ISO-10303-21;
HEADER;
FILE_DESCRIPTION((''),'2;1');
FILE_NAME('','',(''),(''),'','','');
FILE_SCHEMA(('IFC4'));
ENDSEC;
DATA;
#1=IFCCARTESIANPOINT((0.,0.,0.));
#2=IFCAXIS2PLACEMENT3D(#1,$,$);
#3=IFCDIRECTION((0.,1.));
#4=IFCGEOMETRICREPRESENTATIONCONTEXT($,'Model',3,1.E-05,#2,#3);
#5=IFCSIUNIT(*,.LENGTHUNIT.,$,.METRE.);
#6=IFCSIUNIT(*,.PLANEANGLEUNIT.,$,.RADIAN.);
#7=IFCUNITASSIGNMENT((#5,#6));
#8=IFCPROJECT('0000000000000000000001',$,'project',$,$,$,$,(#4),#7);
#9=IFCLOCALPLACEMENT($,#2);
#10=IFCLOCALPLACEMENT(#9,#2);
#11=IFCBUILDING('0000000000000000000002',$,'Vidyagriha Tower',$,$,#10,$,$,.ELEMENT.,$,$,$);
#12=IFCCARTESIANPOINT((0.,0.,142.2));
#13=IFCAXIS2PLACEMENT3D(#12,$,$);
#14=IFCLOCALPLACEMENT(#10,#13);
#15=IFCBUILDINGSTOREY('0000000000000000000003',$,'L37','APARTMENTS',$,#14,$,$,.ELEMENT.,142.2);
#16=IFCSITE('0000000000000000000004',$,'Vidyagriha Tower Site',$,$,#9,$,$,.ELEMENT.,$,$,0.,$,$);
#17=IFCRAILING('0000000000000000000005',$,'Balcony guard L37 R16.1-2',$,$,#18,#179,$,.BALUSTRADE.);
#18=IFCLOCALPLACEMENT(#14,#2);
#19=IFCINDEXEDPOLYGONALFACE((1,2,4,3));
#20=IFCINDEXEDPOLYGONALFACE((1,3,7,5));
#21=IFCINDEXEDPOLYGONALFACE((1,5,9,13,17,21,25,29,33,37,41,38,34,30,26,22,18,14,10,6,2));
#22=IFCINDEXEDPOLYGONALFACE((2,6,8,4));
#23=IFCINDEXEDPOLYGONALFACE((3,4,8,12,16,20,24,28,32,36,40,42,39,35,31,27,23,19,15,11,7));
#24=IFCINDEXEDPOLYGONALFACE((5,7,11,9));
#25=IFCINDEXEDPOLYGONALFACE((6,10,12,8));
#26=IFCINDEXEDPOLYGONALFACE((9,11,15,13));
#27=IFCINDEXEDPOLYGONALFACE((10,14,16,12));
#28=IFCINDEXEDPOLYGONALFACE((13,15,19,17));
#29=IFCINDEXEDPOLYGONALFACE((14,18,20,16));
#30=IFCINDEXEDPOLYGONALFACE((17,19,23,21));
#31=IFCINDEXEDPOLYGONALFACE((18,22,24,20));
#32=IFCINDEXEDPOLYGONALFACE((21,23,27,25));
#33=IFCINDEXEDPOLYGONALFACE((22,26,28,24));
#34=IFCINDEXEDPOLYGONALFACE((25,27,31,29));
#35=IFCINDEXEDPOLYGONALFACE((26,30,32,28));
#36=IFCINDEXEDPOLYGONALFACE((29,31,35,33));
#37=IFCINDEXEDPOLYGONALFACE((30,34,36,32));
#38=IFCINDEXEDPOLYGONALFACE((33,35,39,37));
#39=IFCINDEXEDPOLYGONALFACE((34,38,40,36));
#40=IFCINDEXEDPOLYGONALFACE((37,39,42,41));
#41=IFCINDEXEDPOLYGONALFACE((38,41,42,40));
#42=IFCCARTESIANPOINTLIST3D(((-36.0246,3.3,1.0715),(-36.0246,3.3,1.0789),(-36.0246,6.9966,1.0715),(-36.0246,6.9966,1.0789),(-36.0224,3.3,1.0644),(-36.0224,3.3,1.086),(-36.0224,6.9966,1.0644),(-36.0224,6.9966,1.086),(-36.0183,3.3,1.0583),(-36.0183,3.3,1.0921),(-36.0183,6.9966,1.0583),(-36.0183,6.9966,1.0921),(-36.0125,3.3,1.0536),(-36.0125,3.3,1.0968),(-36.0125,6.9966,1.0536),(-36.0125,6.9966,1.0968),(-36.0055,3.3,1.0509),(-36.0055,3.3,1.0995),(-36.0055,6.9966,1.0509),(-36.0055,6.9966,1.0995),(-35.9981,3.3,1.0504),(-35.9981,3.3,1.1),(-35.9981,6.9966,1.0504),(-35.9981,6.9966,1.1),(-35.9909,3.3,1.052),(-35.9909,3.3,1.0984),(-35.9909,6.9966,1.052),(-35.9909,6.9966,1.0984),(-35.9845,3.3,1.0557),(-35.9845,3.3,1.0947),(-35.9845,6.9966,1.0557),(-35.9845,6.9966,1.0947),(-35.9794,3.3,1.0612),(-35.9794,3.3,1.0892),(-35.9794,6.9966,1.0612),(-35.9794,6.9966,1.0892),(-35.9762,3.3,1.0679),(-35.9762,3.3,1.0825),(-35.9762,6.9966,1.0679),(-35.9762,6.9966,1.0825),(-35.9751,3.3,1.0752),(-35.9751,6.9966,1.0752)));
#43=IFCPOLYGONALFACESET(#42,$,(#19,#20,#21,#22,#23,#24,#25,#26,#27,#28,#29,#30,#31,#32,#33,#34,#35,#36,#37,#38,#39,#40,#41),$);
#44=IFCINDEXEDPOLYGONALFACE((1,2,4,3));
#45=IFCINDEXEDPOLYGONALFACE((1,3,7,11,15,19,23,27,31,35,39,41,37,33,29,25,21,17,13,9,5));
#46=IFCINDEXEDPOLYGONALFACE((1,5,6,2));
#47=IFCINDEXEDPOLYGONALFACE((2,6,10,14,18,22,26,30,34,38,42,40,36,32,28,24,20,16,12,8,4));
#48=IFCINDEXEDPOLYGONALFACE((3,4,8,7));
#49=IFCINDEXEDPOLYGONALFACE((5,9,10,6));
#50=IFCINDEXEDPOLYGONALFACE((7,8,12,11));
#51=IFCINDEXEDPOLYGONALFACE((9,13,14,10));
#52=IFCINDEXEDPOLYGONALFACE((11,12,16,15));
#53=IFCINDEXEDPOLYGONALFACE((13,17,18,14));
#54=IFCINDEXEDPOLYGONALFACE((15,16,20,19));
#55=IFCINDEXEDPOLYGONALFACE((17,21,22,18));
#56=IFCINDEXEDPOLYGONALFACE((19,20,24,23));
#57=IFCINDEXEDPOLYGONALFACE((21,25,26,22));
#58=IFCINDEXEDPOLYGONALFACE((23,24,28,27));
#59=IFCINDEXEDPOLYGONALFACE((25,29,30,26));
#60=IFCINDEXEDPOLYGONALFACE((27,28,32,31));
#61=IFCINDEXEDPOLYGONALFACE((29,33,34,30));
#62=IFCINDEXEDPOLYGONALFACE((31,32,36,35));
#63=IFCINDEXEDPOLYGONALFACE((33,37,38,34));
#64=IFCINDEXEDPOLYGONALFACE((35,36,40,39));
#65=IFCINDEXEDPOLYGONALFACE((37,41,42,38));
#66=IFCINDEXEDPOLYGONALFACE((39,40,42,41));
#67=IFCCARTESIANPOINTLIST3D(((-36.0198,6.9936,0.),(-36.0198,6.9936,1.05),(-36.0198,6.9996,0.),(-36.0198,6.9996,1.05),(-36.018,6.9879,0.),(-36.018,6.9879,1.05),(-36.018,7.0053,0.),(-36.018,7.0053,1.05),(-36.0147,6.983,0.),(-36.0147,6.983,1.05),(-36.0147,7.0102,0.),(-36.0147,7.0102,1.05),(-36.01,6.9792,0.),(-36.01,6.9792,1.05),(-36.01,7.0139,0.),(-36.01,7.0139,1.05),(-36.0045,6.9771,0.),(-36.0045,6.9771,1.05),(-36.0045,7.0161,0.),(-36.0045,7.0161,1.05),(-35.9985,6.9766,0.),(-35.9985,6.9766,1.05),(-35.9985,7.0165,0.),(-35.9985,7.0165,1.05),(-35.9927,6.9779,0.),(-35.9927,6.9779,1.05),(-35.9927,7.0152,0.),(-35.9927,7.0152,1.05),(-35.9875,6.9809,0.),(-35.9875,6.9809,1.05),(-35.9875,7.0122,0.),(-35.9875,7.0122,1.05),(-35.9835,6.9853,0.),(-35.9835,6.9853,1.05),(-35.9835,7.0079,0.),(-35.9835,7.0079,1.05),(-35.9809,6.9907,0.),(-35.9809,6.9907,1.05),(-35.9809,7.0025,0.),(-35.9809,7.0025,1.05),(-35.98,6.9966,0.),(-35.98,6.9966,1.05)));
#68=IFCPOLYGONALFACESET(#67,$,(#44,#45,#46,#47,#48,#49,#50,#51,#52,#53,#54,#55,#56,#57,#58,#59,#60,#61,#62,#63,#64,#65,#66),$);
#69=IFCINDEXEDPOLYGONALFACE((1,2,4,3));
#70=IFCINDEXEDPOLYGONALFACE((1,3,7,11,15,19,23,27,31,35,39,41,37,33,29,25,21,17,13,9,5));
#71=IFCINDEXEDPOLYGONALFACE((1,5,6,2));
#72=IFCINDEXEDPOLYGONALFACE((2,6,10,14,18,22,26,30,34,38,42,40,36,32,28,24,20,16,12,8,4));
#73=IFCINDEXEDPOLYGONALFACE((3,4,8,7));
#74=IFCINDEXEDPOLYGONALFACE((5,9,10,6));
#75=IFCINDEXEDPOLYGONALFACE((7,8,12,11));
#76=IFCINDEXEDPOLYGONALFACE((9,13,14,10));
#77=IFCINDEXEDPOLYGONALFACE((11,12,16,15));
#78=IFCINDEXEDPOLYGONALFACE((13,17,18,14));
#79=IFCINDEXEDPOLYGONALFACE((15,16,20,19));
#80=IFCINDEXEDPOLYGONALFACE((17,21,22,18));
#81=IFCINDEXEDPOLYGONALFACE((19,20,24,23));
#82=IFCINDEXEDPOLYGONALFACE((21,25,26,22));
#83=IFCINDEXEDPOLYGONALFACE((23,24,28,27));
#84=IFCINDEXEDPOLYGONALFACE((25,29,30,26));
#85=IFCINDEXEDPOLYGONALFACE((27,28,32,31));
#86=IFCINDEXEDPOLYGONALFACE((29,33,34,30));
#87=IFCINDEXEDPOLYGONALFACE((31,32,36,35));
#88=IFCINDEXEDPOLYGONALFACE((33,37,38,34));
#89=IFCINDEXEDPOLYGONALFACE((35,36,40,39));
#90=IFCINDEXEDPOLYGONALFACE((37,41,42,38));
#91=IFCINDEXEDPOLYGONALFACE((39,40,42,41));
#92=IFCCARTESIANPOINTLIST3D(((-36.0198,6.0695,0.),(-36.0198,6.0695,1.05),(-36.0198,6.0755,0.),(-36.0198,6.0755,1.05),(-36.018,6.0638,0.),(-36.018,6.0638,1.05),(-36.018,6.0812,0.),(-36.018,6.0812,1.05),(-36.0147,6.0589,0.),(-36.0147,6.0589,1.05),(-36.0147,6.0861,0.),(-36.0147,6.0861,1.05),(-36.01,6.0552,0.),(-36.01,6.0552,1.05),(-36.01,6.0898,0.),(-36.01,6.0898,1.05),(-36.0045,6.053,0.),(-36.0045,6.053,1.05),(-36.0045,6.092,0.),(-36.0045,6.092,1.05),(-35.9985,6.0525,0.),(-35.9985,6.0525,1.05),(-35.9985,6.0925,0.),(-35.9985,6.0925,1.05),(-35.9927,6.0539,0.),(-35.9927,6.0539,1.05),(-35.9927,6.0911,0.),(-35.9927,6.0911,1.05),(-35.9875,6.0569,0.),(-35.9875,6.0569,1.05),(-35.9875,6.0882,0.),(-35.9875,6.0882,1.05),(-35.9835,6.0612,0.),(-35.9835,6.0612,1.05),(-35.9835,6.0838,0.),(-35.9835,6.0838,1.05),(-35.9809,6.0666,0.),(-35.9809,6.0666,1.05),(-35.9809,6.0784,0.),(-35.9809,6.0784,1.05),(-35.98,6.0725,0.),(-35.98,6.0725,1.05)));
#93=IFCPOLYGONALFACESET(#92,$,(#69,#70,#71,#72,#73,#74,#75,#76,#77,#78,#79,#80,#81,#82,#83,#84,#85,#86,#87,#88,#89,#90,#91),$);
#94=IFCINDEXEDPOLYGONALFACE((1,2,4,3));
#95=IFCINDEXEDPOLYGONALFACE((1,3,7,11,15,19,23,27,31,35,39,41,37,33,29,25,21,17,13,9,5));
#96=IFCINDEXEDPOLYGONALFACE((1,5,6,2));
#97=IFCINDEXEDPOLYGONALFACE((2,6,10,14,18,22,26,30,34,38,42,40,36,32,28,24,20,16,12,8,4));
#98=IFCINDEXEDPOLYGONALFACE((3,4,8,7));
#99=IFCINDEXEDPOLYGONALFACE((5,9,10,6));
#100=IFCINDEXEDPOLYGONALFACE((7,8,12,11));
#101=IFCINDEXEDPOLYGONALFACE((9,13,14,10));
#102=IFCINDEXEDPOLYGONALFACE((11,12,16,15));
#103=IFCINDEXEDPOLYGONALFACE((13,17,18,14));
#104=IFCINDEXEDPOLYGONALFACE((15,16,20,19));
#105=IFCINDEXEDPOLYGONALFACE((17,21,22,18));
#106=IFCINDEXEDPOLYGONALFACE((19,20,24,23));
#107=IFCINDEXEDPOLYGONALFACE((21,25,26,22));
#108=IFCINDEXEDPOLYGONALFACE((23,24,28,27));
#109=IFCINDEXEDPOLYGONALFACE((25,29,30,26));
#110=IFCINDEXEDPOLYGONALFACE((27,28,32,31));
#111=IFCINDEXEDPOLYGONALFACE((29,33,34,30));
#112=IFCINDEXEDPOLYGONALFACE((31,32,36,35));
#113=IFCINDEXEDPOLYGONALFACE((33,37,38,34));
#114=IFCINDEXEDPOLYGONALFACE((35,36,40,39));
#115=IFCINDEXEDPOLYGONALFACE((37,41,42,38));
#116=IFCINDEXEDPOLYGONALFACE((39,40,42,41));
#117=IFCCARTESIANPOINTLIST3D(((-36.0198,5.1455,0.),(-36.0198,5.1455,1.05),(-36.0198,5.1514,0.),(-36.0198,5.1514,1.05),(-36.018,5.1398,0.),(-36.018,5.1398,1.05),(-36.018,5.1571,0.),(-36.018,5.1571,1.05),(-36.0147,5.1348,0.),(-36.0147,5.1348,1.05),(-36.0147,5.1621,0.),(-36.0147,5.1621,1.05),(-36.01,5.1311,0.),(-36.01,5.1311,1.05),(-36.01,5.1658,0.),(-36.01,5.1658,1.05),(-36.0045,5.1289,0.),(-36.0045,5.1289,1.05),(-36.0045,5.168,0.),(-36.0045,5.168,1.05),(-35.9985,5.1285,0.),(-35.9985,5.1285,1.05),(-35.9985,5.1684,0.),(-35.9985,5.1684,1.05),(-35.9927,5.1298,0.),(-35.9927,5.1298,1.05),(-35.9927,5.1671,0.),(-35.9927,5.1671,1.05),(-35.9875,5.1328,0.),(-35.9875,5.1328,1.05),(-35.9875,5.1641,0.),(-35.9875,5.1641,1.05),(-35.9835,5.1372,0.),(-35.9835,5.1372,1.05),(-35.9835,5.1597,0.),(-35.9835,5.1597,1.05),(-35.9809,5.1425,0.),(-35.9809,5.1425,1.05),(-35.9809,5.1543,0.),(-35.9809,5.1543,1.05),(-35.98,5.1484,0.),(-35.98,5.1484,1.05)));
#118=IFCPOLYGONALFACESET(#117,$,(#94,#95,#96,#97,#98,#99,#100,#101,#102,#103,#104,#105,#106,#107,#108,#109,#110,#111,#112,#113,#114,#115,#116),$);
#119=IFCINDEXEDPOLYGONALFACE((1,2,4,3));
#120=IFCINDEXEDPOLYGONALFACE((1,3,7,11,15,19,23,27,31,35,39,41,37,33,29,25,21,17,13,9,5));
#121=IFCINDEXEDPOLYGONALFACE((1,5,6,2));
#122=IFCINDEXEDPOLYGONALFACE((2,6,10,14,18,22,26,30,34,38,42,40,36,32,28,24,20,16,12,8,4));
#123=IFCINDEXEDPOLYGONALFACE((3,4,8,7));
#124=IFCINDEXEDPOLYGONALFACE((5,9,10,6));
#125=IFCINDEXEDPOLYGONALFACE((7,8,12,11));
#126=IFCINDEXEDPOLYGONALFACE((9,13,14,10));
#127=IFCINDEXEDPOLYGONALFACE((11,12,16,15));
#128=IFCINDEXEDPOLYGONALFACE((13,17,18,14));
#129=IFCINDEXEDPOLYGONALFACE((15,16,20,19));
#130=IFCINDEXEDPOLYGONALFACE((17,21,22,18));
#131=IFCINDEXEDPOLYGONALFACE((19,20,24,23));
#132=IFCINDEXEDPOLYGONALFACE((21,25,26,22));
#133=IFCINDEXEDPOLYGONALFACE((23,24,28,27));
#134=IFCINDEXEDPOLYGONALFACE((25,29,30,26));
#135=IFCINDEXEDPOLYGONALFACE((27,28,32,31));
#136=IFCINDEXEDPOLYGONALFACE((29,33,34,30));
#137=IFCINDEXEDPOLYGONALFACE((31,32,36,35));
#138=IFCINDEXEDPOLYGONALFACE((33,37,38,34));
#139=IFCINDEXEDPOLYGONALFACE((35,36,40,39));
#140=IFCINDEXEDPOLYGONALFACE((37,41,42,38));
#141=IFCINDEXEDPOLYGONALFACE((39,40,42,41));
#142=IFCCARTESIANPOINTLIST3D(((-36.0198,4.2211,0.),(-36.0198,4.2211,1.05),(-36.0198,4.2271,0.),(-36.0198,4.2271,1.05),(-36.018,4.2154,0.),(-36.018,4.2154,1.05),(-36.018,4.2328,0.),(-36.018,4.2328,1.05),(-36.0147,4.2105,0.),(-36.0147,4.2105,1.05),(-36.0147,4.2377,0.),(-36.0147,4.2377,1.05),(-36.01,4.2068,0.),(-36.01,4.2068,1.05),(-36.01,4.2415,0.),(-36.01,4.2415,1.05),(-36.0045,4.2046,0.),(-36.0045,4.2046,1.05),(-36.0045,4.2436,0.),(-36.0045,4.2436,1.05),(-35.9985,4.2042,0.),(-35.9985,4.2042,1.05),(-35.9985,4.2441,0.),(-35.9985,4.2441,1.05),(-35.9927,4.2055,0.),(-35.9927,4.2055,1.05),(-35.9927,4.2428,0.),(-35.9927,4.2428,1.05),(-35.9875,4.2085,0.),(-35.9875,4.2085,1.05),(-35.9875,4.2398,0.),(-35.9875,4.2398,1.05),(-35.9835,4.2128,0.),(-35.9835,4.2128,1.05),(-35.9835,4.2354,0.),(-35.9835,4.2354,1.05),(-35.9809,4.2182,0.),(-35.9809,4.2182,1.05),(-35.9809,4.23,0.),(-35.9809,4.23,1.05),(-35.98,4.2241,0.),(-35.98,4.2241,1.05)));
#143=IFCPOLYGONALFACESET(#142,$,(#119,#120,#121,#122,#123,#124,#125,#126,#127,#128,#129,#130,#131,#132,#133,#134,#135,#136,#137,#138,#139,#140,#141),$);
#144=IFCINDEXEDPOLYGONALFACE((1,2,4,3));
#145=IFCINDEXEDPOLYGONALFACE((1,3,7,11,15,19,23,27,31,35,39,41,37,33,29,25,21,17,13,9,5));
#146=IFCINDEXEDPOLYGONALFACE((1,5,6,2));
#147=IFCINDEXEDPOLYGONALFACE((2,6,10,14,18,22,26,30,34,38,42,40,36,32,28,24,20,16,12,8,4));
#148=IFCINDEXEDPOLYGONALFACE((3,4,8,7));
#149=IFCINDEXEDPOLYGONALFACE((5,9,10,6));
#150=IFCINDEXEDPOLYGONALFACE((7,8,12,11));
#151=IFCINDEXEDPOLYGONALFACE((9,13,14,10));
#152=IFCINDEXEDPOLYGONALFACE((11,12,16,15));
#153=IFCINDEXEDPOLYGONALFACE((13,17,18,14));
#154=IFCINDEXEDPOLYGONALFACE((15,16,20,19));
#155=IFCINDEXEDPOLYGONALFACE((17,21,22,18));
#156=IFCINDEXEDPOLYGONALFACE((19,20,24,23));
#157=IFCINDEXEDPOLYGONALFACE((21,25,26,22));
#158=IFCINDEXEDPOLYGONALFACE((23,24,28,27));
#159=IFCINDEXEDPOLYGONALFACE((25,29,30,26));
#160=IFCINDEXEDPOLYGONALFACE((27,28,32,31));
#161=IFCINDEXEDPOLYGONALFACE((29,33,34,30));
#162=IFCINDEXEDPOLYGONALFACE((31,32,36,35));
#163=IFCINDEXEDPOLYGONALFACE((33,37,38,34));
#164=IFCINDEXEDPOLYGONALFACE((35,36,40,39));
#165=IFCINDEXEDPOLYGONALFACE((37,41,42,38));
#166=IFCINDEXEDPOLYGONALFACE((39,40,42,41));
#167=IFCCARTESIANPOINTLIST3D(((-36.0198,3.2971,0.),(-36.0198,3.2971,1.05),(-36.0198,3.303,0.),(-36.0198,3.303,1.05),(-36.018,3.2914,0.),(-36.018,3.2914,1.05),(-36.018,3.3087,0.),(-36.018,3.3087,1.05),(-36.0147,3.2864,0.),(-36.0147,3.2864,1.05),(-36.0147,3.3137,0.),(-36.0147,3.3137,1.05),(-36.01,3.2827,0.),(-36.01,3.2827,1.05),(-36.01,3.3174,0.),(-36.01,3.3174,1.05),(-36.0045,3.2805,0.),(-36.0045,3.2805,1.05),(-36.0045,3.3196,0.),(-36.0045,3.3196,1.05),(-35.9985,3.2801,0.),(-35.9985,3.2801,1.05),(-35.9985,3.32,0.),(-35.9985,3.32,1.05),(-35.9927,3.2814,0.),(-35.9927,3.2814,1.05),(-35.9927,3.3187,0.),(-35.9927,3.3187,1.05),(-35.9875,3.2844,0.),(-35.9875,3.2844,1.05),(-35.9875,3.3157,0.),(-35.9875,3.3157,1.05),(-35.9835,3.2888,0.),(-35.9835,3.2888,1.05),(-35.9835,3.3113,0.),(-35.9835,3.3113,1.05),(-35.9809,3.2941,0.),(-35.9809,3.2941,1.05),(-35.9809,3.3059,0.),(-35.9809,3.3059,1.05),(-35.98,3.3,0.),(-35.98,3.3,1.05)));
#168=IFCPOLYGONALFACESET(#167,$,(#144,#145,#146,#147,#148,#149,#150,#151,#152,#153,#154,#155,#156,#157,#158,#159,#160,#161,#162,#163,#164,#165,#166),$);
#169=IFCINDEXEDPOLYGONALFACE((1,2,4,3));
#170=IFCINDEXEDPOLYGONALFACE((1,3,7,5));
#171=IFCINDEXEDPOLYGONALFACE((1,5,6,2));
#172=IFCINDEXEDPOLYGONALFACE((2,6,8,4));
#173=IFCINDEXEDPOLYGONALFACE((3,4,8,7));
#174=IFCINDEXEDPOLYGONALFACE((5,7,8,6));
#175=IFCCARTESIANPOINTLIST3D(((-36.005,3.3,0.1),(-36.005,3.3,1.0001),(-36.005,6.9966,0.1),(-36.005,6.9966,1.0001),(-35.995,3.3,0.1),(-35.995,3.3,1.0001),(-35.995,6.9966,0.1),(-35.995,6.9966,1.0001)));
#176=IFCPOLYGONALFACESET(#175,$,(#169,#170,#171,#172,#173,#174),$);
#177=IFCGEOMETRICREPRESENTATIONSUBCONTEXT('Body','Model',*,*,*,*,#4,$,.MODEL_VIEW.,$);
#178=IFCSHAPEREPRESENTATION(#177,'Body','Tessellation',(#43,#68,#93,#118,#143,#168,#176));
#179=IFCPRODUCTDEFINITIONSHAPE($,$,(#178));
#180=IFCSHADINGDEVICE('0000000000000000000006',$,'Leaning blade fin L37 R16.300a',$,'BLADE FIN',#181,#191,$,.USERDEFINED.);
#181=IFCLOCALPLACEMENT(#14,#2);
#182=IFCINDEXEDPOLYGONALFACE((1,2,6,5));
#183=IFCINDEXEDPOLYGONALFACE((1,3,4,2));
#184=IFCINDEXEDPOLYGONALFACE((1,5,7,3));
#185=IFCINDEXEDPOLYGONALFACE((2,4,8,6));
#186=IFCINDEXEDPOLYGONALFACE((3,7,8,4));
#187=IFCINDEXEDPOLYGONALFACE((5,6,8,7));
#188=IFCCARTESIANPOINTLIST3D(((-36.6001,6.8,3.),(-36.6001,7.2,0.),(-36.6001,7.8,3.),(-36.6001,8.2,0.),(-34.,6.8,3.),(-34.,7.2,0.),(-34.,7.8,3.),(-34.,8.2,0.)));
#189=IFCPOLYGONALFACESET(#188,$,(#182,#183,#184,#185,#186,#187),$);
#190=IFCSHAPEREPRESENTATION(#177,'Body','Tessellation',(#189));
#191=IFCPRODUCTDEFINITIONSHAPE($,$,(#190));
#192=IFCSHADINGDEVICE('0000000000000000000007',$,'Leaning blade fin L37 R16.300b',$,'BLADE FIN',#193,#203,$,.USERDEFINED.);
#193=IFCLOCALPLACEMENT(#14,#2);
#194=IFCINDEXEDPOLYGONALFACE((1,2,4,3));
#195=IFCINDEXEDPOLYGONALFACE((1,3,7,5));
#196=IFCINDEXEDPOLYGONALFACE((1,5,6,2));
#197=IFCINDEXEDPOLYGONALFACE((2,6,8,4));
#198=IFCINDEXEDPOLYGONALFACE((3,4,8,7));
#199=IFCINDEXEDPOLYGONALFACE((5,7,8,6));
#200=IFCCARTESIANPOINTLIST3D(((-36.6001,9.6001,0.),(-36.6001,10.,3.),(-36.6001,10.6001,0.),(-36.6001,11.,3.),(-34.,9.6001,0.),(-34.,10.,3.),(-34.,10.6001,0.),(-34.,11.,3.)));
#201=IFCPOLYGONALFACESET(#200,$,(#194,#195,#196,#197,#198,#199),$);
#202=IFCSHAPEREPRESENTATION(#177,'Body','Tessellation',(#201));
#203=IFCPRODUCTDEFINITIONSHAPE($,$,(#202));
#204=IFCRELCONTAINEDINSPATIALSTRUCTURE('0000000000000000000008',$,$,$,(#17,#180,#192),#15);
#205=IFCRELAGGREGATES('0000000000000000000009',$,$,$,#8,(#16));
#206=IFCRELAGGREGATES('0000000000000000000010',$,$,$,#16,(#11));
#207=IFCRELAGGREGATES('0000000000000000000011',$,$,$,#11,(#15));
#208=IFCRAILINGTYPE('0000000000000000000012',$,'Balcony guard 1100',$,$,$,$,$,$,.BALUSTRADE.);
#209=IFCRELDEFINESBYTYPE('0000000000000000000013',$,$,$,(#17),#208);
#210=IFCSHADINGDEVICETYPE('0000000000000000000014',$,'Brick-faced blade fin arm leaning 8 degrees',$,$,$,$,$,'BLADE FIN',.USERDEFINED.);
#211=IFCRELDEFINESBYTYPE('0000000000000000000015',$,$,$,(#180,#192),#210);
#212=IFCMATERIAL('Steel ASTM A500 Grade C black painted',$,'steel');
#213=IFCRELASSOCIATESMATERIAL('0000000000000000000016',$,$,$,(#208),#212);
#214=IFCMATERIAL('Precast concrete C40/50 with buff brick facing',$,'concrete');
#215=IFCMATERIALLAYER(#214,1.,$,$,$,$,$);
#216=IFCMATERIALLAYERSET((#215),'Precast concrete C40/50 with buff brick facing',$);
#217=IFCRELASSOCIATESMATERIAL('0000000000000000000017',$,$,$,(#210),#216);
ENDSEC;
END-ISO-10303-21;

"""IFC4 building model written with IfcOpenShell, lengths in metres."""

from ifc_helpers import new_model, si_unit, direction, frame, origin, origin_2d, place, context, subcontext, project, spatial, polyline, rectangle, circle, outline, extrude, material, layer, layer_set, type_object, element, save


model = new_model("IFC4")

# Units and contexts
model_context = context("Model", 3, precision=1e-05, world=origin(), true_north=direction((0.0, 1.0)))
body_context = subcontext(model_context, "Body", "Model", "MODEL_VIEW")
ifc_project = project(units=[si_unit("LENGTHUNIT", "METRE"), si_unit("PLANEANGLEUNIT", "RADIAN")], contexts=[model_context])

# Site, building, storey
site_placement = place(None, origin())
site = spatial("IfcSite", under=ifc_project, at=site_placement, Name="Vidyagriha Tower Site", CompositionType="ELEMENT", RefElevation=0.0)
building_placement = place(site_placement, origin())
building = spatial("IfcBuilding", under=site, at=building_placement, Name="Vidyagriha Tower", CompositionType="ELEMENT")
storey_placement = place(building_placement, frame((0.0, 0.0, 142.2)))
storey = spatial("IfcBuildingStorey", under=building, at=storey_placement, Name="L37", Description="APARTMENTS", CompositionType="ELEMENT", Elevation=142.2)

# Railing
ifc_material_1 = material(Name="Steel ASTM A500 Grade C black painted", Category="steel")
railing_type = type_object("IfcRailingType", Name="Balcony guard 1100", PredefinedType="BALUSTRADE", material=ifc_material_1)
railing_1_placement = place(storey_placement, frame((-36.0, 6.9966, 0.0)))
element("IfcRailing", 1, at=railing_1_placement, inside=storey, type_object=railing_type, Name="Balcony guard L37 R16.1-2", PredefinedType="BALUSTRADE", context=body_context, shape_type="SweptSolid", body=[
    extrude(circle(Radius=0.0249, at=origin_2d()), frame((0.0, 0.0, 1.0752), z_axis=(0.0, -1.0, 0.0), x_axis=(1.0, 0.0, 0.0)), (0.0, 0.0, 1.0), 3.6965),
    extrude(circle(Radius=0.02, at=origin_2d()), origin(), (0.0, 0.0, 1.0), 1.05),
    extrude(circle(Radius=0.02, at=origin_2d()), frame((0.0, -0.9241, 0.0)), (0.0, 0.0, 1.0), 1.05),
    extrude(circle(Radius=0.02, at=origin_2d()), frame((0.0, -1.8481, 0.0)), (0.0, 0.0, 1.0), 1.05),
    extrude(circle(Radius=0.02, at=origin_2d()), frame((0.0, -2.7725, 0.0)), (0.0, 0.0, 1.0), 1.05),
    extrude(circle(Radius=0.02, at=origin_2d()), frame((0.0, -3.6965, 0.0)), (0.0, 0.0, 1.0), 1.05),
    extrude(rectangle(XDim=0.01, YDim=0.9001, at=origin_2d()), frame((0.0, 0.0, 0.55), z_axis=(0.0, -1.0, 0.0), x_axis=(1.0, 0.0, 0.0)), (0.0, 0.0, 1.0), 3.6965),
])

# Shading devices
ifc_material_2 = material(Name="Precast concrete C40/50 with buff brick facing", Category="concrete")
ifc_layer_1 = layer(ifc_material_2, 1.0)
ifc_layer_set_1 = layer_set([ifc_layer_1], Name="Precast concrete C40/50 with buff brick facing")
shading_device_type_1 = type_object("IfcShadingDeviceType", Name="Brick-faced blade fin arm leaning 8 degrees", ElementType="BLADE FIN", PredefinedType="USERDEFINED", material=ifc_layer_set_1)
shading_device_1_placement = place(storey_placement, frame((-35.3, 8.2, 0.0), z_axis=(0.0, 0.0, 1.0), x_axis=(0.0, -1.0, 0.0)))
element("IfcShadingDevice", 2, at=shading_device_1_placement, inside=storey, type_object=shading_device_type_1, Name="Leaning blade fin L37 R16.300a", ObjectType="BLADE FIN", PredefinedType="USERDEFINED", context=body_context, shape_type="SweptSolid", body=[
    extrude(outline(polyline([(0.0, 0.0), (1.0, 0.0), (1.3999, 3.0), (0.3999, 3.0), (0.0, 0.0)])), frame((0.0, 1.3, 0.0), z_axis=(0.0, -1.0, 0.0), x_axis=(1.0, 0.0, 0.0)), (0.0, 0.0, 1.0), 2.6001),
])
shading_device_2_placement = place(storey_placement, frame((-35.3, 11.0, 0.0), z_axis=(0.0, 0.0, 1.0), x_axis=(0.0, -1.0, 0.0)))
element("IfcShadingDevice", 3, at=shading_device_2_placement, inside=storey, type_object=shading_device_type_1, Name="Leaning blade fin L37 R16.300b", ObjectType="BLADE FIN", PredefinedType="USERDEFINED", context=body_context, shape_type="SweptSolid", body=[
    extrude(outline(polyline([(0.3999, 0.0), (1.3999, 0.0), (1.0, 3.0), (0.0, 3.0), (0.3999, 0.0)])), frame((0.0, 1.3, 0.0), z_axis=(0.0, -1.0, 0.0), x_axis=(1.0, 0.0, 0.0)), (0.0, 0.0, 1.0), 2.6001),
])

save(model, "model.ifc")
